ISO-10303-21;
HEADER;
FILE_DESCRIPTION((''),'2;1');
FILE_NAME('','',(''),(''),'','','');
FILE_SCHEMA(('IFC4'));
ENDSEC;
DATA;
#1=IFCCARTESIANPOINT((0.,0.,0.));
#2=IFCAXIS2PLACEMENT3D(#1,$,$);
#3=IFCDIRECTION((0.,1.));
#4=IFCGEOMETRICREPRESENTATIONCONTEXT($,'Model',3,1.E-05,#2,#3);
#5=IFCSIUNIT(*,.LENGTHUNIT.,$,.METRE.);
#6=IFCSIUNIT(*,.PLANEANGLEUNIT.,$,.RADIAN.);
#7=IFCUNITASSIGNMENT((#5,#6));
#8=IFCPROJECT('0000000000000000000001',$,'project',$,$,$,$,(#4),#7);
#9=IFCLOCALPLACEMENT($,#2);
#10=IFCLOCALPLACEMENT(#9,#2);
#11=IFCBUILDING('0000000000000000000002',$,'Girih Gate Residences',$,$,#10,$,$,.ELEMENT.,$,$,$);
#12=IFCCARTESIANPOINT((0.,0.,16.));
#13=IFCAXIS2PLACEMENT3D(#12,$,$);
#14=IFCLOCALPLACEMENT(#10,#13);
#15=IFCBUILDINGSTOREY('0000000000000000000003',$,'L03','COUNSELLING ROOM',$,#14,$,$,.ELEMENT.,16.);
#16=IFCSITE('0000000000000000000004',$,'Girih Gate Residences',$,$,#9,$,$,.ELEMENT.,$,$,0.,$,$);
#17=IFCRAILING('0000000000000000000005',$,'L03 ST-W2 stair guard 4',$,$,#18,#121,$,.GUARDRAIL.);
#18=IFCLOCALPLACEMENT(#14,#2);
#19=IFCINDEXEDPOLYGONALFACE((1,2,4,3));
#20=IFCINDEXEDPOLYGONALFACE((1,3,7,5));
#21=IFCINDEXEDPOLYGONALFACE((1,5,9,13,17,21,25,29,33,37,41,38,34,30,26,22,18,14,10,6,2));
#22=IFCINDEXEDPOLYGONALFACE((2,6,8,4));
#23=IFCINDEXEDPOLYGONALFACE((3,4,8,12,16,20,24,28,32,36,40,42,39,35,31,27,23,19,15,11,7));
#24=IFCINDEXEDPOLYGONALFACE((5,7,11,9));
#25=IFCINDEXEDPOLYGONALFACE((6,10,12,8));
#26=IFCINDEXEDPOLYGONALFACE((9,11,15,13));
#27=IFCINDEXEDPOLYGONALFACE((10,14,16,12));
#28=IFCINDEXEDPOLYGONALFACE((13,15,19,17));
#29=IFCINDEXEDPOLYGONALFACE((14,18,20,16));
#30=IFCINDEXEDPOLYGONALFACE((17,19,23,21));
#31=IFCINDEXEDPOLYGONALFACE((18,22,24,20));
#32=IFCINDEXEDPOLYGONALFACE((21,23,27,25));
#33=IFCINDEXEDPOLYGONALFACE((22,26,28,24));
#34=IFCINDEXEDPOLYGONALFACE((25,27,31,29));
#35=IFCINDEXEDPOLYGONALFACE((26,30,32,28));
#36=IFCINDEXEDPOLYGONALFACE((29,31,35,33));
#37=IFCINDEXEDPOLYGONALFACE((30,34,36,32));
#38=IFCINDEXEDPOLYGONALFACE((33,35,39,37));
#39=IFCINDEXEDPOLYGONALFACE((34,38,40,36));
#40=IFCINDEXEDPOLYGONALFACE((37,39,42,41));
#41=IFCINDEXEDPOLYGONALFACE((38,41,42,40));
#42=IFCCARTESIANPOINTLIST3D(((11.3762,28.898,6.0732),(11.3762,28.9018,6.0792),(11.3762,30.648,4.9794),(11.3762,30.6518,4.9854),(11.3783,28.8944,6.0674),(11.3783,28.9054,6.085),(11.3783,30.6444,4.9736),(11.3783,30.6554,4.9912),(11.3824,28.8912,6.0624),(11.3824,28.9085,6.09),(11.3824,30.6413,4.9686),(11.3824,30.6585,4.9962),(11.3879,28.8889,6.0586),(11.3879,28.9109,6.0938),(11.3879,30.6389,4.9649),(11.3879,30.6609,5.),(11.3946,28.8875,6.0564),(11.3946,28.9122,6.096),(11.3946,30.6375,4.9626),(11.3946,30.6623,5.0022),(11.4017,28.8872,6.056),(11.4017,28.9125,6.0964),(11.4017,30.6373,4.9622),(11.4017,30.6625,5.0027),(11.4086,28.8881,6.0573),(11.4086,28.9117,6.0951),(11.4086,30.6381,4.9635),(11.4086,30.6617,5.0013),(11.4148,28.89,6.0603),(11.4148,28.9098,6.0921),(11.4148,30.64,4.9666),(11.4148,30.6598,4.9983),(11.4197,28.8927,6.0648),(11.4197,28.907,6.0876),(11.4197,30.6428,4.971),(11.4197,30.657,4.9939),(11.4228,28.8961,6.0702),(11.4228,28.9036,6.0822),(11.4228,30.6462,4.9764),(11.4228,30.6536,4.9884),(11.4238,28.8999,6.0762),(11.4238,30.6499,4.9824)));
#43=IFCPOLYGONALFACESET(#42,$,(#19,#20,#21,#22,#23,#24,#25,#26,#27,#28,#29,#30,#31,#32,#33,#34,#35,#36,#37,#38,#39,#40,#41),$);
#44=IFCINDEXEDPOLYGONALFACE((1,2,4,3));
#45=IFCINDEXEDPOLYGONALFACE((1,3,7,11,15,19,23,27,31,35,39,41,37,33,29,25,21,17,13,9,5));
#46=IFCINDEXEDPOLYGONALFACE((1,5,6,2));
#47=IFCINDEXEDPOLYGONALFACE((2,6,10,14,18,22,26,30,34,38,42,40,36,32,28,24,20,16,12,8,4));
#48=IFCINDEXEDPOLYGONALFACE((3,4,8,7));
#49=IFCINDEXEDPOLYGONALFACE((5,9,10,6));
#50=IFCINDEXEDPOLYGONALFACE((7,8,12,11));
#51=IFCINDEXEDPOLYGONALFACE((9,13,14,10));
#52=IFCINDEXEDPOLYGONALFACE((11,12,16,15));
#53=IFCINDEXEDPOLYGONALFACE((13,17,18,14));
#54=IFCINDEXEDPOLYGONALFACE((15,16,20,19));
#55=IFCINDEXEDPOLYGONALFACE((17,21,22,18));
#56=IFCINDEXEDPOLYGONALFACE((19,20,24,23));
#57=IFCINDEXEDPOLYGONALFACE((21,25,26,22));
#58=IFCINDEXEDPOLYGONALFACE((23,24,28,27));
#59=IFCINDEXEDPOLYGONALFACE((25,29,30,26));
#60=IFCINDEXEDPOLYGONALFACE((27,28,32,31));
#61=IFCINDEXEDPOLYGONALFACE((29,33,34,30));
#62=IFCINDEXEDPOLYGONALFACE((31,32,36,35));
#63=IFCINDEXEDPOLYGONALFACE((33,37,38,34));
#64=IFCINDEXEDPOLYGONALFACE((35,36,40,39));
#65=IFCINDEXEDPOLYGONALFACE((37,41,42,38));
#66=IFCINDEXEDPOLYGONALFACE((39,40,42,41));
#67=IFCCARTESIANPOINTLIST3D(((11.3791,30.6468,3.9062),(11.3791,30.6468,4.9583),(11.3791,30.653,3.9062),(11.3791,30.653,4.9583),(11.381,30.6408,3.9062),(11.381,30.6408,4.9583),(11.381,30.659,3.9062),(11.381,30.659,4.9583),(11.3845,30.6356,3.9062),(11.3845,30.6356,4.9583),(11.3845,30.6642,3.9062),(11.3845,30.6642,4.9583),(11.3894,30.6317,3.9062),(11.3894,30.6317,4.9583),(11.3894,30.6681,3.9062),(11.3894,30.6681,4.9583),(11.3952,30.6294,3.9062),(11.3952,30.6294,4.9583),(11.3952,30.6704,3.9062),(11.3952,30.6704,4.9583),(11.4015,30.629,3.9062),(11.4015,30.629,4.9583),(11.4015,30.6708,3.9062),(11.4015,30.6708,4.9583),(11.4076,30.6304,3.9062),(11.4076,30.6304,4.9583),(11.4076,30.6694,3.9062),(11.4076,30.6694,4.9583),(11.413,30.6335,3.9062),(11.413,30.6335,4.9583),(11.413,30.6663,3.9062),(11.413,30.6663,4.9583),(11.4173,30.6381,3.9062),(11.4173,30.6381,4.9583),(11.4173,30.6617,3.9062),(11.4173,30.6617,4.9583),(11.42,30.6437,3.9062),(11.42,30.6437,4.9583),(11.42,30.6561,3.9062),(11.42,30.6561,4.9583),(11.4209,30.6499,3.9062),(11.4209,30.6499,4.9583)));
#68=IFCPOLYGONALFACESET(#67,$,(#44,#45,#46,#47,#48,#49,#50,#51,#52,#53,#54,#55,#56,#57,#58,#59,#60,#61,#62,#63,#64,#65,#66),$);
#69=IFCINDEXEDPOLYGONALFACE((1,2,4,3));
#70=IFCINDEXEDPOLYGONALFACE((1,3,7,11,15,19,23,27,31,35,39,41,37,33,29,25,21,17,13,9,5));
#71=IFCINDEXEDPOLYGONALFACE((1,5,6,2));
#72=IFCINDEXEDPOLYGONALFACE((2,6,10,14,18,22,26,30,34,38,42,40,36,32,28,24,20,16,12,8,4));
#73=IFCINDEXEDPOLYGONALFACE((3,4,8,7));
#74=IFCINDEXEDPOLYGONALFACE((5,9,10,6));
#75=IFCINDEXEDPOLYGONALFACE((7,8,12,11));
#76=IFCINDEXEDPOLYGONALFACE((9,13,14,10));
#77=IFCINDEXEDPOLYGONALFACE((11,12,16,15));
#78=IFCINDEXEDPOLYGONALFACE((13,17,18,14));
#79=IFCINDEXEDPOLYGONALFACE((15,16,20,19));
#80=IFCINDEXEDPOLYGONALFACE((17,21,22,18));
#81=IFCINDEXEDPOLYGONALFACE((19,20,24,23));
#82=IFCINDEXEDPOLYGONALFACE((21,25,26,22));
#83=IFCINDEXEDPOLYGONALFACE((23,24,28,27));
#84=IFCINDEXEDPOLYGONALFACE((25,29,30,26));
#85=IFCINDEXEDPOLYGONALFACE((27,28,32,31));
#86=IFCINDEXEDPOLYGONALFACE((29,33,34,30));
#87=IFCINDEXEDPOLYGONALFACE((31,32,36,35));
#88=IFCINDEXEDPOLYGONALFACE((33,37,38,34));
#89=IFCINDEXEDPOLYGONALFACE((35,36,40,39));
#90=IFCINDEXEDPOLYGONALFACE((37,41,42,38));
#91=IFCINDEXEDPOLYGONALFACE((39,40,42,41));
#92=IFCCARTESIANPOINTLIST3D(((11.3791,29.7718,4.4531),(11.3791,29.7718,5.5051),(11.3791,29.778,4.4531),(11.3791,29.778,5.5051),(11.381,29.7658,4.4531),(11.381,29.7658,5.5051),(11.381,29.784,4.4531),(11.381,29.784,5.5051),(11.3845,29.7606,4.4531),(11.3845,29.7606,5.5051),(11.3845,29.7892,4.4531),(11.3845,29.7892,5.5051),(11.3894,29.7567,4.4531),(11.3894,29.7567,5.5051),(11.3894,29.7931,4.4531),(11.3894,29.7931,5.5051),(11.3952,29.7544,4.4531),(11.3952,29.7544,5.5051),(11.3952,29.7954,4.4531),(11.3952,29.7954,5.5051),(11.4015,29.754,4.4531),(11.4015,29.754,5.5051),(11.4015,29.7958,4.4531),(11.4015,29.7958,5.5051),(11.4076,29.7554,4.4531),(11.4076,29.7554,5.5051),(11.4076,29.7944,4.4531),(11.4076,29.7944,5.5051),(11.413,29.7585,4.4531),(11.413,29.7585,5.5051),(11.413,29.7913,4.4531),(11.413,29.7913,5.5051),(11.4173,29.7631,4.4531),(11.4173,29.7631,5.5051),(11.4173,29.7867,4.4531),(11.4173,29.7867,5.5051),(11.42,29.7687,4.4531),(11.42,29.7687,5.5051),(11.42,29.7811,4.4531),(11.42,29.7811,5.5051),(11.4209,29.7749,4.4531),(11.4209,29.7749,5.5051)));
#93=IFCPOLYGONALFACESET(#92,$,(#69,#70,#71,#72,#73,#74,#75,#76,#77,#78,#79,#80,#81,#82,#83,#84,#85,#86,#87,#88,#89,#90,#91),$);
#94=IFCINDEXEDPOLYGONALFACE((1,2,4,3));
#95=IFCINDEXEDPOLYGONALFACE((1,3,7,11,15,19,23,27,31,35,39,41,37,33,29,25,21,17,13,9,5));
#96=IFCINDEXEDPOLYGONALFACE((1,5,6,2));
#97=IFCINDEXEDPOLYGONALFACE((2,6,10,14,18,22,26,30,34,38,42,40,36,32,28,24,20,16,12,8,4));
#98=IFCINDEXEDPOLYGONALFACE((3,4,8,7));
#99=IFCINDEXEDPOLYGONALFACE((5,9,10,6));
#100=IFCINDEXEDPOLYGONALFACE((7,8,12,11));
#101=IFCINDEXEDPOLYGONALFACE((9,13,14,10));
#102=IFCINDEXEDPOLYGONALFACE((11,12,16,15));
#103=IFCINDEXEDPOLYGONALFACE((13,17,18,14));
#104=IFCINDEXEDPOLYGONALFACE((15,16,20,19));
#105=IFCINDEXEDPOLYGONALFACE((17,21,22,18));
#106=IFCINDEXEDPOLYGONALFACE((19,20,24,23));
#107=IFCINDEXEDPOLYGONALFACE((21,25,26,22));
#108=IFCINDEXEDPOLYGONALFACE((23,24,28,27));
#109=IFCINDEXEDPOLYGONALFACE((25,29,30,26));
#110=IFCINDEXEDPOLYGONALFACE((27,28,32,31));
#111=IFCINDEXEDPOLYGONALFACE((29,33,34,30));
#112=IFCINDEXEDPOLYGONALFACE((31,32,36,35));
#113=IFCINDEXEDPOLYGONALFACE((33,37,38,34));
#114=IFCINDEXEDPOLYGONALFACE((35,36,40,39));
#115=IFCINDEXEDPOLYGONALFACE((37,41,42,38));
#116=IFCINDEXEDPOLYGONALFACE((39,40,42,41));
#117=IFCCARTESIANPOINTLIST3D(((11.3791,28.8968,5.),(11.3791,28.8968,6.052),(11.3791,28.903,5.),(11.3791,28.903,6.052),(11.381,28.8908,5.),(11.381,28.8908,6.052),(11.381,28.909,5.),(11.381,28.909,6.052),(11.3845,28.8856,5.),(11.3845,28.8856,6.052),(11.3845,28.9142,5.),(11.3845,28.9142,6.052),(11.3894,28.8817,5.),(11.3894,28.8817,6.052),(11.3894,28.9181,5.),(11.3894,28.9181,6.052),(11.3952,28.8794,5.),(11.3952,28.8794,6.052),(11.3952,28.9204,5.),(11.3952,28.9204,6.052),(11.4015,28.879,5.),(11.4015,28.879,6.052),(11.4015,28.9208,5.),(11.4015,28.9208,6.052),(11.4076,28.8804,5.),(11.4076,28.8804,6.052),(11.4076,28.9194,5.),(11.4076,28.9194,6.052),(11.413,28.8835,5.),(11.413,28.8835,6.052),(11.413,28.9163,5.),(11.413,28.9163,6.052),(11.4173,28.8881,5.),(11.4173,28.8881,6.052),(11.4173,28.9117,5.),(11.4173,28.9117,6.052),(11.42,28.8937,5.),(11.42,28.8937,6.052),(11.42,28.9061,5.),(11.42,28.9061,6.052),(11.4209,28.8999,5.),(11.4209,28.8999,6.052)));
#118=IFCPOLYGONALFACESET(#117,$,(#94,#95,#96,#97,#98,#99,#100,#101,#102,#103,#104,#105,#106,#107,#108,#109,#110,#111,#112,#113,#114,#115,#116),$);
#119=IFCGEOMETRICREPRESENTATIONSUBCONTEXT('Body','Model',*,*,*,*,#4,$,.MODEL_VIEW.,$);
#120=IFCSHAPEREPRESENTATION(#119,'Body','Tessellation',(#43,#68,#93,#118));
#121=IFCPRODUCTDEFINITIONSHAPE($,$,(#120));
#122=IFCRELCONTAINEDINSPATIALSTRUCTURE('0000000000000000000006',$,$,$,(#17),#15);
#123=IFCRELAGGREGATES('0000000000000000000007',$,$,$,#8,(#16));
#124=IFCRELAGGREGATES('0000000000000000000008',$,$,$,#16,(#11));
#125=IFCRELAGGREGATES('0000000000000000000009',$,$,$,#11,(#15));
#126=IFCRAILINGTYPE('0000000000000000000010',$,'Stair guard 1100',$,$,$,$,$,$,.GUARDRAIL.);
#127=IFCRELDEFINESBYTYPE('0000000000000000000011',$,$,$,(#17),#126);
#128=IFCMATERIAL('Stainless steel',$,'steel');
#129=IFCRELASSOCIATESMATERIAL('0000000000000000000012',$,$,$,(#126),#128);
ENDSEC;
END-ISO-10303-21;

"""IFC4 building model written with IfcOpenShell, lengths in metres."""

from ifc_helpers import new_model, si_unit, direction, frame, origin, origin_2d, place, context, subcontext, project, spatial, circle, extrude, material, type_object, element, save


model = new_model("IFC4")

# Units and contexts
model_context = context("Model", 3, precision=1e-05, world=origin(), true_north=direction((0.0, 1.0)))
body_context = subcontext(model_context, "Body", "Model", "MODEL_VIEW")
ifc_project = project(units=[si_unit("LENGTHUNIT", "METRE"), si_unit("PLANEANGLEUNIT", "RADIAN")], contexts=[model_context])

# Site, building, storey
site_placement = place(None, origin())
site = spatial("IfcSite", under=ifc_project, at=site_placement, Name="Girih Gate Residences", CompositionType="ELEMENT", RefElevation=0.0)
building_placement = place(site_placement, origin())
building = spatial("IfcBuilding", under=site, at=building_placement, Name="Girih Gate Residences", CompositionType="ELEMENT")
storey_placement = place(building_placement, frame((0.0, 0.0, 16.0)))
storey = spatial("IfcBuildingStorey", under=building, at=storey_placement, Name="L03", Description="COUNSELLING ROOM", CompositionType="ELEMENT", Elevation=16.0)

# Railing
ifc_material_1 = material(Name="Stainless steel", Category="steel")
railing_type_1 = type_object("IfcRailingType", Name="Stair guard 1100", PredefinedType="GUARDRAIL", material=ifc_material_1)
railing_1_placement = place(storey_placement, frame((11.3999, 30.6499, 3.9062)))
element("IfcRailing", 1, at=railing_1_placement, inside=storey, type_object=railing_type_1, Name="L03 ST-W2 stair guard 4", PredefinedType="GUARDRAIL", context=body_context, shape_type="SweptSolid", body=[
    extrude(circle(Radius=0.0239, at=origin_2d()), frame((0.0, 0.0, 1.0762), z_axis=(0.0, -0.847998, 0.529999), x_axis=(1.0, 0.0, 0.0)), (0.0, 0.0, 1.0), 2.0637),
    extrude(circle(Radius=0.021, at=origin_2d()), origin(), (0.0, 0.0, 1.0), 1.052),
    extrude(circle(Radius=0.021, at=origin_2d()), frame((0.0, -0.875, 0.5469)), (0.0, 0.0, 1.0), 1.052),
    extrude(circle(Radius=0.021, at=origin_2d()), frame((0.0, -1.75, 1.0938)), (0.0, 0.0, 1.0), 1.052),
])

save(model, "model.ifc")
